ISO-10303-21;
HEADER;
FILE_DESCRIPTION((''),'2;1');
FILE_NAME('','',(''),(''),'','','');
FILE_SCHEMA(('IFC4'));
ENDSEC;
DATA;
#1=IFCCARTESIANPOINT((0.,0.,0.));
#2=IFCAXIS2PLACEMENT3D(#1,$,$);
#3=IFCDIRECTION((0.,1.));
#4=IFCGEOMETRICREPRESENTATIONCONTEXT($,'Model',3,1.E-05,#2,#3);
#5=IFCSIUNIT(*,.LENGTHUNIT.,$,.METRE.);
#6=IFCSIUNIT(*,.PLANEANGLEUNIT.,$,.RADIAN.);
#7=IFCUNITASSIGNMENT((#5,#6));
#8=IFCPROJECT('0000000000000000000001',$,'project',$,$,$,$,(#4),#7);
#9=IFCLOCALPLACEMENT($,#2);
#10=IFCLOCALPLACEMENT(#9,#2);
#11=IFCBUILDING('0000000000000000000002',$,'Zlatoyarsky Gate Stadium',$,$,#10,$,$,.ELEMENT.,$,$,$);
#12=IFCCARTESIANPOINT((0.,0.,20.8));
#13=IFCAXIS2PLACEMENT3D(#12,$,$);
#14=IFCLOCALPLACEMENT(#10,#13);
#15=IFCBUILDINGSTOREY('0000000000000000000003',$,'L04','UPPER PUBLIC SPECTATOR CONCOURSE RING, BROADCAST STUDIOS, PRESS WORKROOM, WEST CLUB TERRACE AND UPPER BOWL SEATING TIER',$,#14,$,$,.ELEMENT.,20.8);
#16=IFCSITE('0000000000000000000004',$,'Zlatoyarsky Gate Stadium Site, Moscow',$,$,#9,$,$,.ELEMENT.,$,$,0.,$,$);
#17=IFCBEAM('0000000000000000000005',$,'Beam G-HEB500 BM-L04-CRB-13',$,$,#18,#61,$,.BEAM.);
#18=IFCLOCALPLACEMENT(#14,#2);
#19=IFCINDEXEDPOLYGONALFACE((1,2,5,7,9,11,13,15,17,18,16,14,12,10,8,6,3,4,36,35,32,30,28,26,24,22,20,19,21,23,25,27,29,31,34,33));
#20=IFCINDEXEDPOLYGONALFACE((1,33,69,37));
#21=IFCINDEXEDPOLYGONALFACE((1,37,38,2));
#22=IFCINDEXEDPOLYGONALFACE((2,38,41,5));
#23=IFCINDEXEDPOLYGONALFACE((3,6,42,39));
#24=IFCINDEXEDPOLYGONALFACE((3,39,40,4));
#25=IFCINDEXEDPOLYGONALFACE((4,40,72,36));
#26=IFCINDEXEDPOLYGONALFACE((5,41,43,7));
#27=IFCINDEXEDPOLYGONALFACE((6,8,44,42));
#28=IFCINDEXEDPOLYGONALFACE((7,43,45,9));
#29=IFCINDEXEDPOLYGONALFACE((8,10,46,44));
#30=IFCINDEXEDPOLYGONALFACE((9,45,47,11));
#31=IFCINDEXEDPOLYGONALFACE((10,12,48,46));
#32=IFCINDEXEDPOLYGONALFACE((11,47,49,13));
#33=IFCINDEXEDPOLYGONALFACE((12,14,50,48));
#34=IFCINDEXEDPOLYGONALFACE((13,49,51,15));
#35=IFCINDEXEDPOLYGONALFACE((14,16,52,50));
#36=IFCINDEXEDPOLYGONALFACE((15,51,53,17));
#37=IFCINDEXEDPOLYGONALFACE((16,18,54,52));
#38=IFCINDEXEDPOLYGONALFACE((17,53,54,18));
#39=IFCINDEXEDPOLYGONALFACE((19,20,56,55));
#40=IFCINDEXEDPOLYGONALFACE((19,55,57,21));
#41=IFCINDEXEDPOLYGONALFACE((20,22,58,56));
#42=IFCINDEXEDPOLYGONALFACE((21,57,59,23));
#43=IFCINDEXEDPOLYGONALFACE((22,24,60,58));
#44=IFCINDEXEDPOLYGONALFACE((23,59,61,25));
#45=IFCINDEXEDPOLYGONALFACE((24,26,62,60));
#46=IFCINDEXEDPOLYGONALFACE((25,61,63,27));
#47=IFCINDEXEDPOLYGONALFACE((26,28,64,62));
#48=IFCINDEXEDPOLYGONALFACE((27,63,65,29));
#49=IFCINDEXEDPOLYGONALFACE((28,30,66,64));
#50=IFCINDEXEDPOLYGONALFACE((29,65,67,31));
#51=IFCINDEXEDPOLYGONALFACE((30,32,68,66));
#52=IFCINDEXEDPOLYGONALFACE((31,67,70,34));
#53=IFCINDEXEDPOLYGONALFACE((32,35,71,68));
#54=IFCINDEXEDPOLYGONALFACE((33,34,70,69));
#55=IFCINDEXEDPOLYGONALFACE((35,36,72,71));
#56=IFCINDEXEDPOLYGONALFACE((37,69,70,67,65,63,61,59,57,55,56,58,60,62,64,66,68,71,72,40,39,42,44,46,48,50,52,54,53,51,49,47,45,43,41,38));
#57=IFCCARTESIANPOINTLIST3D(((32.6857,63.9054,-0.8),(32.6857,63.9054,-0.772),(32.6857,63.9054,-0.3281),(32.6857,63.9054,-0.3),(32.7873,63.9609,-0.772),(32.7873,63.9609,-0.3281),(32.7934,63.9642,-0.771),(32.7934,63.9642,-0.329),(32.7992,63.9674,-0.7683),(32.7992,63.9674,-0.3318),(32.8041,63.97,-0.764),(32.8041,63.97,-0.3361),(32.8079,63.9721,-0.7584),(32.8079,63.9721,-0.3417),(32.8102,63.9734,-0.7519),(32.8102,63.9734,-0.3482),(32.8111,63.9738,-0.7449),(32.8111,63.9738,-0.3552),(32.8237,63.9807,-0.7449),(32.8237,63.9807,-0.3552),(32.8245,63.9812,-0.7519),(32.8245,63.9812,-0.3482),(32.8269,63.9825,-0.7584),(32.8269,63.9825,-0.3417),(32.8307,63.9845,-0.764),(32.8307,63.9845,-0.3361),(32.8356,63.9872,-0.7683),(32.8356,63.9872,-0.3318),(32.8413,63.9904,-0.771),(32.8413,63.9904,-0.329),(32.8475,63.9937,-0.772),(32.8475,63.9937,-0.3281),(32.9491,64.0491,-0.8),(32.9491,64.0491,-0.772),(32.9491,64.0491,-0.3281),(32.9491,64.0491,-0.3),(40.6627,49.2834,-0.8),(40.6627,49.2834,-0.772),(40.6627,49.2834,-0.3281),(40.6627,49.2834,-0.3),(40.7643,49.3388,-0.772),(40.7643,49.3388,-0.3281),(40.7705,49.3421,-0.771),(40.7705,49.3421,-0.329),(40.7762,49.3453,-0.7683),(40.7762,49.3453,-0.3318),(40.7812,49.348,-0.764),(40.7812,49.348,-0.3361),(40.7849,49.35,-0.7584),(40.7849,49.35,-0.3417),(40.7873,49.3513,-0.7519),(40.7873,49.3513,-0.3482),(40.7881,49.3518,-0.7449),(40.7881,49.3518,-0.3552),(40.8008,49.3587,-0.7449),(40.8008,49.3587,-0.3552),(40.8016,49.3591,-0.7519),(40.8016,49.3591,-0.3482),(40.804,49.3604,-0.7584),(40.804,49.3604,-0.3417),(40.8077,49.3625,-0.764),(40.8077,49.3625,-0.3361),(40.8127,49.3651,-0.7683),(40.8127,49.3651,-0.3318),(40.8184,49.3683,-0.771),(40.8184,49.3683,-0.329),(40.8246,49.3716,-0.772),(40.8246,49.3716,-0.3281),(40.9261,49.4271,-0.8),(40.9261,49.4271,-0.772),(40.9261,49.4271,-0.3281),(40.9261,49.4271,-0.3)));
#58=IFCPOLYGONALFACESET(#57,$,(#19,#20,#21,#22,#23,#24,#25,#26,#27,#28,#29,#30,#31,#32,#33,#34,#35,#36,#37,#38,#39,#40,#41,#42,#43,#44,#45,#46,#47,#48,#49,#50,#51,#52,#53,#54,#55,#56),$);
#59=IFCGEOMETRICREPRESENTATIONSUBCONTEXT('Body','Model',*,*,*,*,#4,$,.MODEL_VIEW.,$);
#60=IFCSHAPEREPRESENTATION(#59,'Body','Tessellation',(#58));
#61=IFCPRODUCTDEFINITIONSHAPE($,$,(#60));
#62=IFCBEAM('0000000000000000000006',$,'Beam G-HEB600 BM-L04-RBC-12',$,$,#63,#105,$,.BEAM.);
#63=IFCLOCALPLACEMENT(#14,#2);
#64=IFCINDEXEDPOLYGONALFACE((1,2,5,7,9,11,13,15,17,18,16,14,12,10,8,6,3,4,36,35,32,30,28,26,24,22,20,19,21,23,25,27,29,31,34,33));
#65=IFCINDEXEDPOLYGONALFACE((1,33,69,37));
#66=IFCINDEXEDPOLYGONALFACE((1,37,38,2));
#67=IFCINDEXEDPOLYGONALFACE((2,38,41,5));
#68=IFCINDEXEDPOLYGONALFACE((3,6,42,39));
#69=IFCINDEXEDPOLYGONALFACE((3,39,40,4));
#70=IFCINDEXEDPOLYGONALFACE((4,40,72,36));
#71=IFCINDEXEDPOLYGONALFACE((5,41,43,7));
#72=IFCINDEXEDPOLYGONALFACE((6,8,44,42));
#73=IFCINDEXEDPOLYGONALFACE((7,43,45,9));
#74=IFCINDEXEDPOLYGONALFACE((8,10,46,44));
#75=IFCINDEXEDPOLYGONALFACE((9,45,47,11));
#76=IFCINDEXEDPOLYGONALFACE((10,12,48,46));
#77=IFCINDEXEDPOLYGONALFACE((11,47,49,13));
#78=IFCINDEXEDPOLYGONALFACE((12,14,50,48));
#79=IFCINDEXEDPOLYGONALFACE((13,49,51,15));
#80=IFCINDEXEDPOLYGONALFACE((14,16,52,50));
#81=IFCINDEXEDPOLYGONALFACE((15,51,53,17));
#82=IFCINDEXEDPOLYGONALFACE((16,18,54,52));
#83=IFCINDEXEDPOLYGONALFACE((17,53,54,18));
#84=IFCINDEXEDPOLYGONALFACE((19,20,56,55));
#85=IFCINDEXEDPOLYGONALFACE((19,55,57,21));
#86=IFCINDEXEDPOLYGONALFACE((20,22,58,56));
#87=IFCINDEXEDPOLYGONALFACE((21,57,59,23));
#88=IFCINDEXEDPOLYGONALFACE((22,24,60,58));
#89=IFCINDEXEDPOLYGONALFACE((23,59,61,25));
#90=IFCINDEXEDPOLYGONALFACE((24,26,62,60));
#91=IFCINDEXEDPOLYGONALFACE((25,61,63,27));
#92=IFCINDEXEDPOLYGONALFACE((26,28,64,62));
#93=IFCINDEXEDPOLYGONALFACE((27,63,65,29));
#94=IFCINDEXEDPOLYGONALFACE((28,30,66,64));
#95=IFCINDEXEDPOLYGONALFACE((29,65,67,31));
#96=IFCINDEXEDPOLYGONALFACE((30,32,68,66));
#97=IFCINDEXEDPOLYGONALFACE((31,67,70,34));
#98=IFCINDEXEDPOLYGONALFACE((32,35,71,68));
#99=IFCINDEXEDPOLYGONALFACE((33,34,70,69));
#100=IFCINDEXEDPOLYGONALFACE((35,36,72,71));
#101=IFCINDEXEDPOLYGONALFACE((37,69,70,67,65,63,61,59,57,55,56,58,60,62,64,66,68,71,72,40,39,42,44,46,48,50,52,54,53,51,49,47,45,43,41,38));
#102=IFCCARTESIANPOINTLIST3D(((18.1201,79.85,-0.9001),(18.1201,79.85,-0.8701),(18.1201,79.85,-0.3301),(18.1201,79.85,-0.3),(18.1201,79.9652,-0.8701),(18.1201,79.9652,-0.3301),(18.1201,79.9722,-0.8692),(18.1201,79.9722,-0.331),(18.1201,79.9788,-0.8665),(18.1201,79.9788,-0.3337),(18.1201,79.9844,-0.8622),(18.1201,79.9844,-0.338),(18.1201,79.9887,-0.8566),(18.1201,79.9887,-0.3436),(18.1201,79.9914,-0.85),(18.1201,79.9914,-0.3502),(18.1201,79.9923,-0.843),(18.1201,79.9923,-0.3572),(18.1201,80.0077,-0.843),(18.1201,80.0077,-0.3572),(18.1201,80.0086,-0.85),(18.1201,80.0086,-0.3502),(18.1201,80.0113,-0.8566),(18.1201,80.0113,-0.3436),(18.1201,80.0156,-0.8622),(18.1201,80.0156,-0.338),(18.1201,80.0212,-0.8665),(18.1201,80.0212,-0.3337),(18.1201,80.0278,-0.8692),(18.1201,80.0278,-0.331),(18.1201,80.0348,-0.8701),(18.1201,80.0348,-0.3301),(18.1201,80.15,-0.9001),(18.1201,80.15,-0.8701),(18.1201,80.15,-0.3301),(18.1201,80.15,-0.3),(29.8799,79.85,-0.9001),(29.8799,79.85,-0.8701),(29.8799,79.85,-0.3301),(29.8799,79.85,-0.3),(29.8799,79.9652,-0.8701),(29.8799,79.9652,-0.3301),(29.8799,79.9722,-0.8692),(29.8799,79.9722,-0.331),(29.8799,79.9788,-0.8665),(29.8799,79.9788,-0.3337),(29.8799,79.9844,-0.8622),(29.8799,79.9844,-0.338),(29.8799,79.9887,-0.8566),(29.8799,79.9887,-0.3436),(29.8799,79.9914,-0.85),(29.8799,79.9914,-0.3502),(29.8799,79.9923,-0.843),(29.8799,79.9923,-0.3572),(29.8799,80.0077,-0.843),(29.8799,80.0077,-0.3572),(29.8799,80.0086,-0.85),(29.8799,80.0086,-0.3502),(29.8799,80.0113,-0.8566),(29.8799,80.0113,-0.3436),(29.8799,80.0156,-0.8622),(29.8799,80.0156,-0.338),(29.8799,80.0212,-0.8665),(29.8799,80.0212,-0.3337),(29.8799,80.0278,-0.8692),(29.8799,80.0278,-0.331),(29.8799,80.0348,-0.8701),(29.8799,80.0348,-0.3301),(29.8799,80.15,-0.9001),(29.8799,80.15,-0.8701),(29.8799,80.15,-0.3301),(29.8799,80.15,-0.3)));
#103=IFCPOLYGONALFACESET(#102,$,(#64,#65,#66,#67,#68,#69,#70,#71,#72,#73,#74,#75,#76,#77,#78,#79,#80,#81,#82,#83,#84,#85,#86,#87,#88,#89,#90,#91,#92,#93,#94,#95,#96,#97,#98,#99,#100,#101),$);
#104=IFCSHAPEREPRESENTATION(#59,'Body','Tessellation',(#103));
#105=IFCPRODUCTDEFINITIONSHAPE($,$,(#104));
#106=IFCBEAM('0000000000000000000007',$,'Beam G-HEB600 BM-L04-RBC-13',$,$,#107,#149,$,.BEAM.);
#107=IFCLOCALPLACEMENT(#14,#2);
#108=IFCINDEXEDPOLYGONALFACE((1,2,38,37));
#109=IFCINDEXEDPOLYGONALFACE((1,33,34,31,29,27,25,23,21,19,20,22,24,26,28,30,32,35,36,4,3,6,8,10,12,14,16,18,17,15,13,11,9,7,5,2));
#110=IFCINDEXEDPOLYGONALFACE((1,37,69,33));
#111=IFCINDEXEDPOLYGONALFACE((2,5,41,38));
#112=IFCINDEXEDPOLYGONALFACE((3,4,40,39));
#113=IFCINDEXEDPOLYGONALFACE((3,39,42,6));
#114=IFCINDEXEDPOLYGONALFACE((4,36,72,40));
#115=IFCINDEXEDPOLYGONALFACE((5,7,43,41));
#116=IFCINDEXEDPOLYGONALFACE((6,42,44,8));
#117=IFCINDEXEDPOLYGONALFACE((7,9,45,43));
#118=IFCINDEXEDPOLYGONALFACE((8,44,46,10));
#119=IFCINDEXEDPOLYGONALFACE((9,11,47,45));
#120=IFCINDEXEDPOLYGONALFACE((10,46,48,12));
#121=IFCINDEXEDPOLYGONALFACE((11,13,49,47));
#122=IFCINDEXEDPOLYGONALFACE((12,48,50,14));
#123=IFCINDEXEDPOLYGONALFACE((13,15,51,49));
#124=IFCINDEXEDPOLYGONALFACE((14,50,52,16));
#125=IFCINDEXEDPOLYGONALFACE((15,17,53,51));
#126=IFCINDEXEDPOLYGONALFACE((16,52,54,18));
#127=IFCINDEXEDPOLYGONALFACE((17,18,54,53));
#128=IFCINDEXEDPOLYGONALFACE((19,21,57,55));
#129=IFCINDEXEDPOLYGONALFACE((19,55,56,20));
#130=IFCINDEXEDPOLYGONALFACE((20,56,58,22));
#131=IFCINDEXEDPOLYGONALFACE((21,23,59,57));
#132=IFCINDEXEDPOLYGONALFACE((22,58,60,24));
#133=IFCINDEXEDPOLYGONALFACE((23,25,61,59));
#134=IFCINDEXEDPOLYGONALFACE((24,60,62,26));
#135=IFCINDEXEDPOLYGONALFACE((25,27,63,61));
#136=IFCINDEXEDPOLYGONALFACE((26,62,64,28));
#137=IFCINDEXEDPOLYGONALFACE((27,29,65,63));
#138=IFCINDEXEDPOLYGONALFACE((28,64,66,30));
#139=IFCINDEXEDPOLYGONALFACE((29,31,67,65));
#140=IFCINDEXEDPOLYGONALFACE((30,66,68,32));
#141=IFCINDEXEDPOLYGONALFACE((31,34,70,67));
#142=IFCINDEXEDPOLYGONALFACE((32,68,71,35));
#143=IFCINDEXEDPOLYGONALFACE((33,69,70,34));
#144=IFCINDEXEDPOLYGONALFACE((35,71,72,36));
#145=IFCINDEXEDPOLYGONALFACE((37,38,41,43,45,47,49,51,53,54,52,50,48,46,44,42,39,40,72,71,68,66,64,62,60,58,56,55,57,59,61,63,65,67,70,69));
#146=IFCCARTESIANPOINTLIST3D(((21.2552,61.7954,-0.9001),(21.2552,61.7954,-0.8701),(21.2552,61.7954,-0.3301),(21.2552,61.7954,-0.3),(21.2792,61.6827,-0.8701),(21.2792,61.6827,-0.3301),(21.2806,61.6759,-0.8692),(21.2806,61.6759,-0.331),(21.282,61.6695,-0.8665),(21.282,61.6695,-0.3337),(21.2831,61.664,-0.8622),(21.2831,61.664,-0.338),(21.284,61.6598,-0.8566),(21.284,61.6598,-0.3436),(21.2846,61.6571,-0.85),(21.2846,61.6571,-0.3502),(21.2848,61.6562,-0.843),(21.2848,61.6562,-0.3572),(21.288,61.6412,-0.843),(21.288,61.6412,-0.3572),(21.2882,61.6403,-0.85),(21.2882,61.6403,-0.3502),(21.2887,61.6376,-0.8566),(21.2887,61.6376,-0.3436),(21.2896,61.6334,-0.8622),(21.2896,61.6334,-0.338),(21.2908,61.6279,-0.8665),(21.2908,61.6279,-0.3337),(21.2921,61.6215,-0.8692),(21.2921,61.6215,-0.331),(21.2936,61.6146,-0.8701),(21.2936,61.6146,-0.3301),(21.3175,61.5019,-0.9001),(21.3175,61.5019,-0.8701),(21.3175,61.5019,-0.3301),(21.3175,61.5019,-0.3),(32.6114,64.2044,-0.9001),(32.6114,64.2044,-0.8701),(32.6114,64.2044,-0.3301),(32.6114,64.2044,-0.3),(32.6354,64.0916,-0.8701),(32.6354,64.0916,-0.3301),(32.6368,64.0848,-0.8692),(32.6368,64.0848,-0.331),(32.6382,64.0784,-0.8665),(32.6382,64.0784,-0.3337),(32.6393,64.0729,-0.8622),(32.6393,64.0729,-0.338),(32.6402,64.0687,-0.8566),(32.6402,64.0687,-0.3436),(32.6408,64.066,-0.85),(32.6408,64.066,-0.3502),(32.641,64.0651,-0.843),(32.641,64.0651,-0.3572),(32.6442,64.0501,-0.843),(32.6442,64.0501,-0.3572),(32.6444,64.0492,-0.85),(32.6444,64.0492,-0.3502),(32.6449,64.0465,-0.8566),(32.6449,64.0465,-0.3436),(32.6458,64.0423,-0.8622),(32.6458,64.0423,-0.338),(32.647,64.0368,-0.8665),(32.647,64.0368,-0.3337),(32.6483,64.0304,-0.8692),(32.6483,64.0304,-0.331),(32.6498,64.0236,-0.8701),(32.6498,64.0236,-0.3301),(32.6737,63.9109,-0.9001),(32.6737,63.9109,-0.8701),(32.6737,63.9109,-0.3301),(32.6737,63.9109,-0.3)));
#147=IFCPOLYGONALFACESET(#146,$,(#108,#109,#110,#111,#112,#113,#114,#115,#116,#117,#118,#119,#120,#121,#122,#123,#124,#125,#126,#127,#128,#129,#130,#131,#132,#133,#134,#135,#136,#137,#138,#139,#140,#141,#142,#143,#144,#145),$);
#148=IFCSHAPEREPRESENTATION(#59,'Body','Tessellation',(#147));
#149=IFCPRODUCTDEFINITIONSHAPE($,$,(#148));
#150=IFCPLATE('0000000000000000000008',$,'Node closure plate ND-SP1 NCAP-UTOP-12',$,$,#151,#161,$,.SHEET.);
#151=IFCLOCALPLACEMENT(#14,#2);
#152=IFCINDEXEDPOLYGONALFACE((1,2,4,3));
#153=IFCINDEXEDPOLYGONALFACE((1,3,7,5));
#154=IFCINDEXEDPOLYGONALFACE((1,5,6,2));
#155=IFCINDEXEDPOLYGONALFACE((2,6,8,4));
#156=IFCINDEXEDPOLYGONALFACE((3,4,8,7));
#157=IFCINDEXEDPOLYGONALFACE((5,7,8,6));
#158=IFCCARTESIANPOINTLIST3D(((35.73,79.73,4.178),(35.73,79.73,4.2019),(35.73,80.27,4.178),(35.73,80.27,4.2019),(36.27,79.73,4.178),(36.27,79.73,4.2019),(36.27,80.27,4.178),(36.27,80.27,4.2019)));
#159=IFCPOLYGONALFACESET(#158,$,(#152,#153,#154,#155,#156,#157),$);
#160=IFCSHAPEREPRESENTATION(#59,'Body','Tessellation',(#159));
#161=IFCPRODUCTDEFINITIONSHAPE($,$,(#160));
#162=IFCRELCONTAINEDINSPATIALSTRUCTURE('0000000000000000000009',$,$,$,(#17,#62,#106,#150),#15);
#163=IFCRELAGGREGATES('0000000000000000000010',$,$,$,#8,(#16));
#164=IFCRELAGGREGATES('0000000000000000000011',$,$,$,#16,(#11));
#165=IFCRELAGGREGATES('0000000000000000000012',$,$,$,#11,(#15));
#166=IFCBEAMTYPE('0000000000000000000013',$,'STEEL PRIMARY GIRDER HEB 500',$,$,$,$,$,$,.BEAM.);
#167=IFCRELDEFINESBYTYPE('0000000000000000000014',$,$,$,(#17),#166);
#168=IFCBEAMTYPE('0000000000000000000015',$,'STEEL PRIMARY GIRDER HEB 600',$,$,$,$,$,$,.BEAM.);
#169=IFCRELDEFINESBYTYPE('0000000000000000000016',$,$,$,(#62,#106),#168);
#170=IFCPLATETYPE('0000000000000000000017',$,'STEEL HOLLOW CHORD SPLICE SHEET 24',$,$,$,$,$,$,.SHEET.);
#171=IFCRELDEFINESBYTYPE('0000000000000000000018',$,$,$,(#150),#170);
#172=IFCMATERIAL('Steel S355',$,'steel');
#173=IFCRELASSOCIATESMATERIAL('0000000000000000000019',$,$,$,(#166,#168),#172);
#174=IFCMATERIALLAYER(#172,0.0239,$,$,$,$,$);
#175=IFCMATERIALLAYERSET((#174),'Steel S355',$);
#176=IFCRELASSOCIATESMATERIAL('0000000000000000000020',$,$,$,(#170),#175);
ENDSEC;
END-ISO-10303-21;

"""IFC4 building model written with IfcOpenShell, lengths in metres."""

from ifc_helpers import new_model, si_unit, direction, frame, origin, origin_2d, place, context, subcontext, project, spatial, rectangle, i_section, extrude, material, layer, layer_set, material_profile, profile_set, type_object, element, save


model = new_model("IFC4")

# Units and contexts
model_context = context("Model", 3, precision=1e-05, world=origin(), true_north=direction((0.0, 1.0)))
body_context = subcontext(model_context, "Body", "Model", "MODEL_VIEW")
ifc_project = project(units=[si_unit("LENGTHUNIT", "METRE"), si_unit("PLANEANGLEUNIT", "RADIAN")], contexts=[model_context])

# Site, building, storey
site_placement = place(None, origin())
site = spatial("IfcSite", under=ifc_project, at=site_placement, Name="Zlatoyarsky Gate Stadium Site, Moscow", CompositionType="ELEMENT", RefElevation=0.0)
building_placement = place(site_placement, origin())
building = spatial("IfcBuilding", under=site, at=building_placement, Name="Zlatoyarsky Gate Stadium", CompositionType="ELEMENT")
storey_placement = place(building_placement, frame((0.0, 0.0, 20.8)))
storey = spatial("IfcBuildingStorey", under=building, at=storey_placement, Name="L04", Description="UPPER PUBLIC SPECTATOR CONCOURSE RING, BROADCAST STUDIOS, PRESS WORKROOM, WEST CLUB TERRACE AND UPPER BOWL SEATING TIER", CompositionType="ELEMENT", Elevation=20.8)

# Shared definitions
ifc_material_1 = material(Name="Steel S355", Category="steel")

# Beams
ifc_material_profile_1 = material_profile(ifc_material_1, i_section(OverallWidth=0.3, OverallDepth=0.5, WebThickness=0.0144, FlangeThickness=0.0281, FilletRadius=0.0271, at=origin_2d()), Name="HEB 500")
ifc_profile_set_1 = profile_set([ifc_material_profile_1], Name="Steel S355")
beam_type_1 = type_object("IfcBeamType", Name="STEEL PRIMARY GIRDER HEB 500", PredefinedType="BEAM", material=ifc_profile_set_1)
beam_1_placement = place(storey_placement, frame((32.8174, 63.9773, -0.55), z_axis=(0.478916, -0.877861, 0.0), x_axis=(0.877861, 0.478916, 0.0)))
element("IfcBeam", 1, at=beam_1_placement, inside=storey, type_object=beam_type_1, Name="Beam G-HEB500 BM-L04-CRB-13", PredefinedType="BEAM", context=body_context, shape_type="SweptSolid", body=[
    extrude(i_section(OverallWidth=0.3, OverallDepth=0.5, WebThickness=0.0144, FlangeThickness=0.0281, FilletRadius=0.0271, at=origin_2d()), origin(), (0.0, 0.0, 1.0), 16.6565),
])
ifc_material_profile_2 = material_profile(ifc_material_1, i_section(OverallWidth=0.3, OverallDepth=0.6001, WebThickness=0.0154, FlangeThickness=0.03, FilletRadius=0.0271, at=origin_2d()), Name="HEB 600")
ifc_profile_set_2 = profile_set([ifc_material_profile_2], Name="Steel S355")
beam_type_2 = type_object("IfcBeamType", Name="STEEL PRIMARY GIRDER HEB 600", PredefinedType="BEAM", material=ifc_profile_set_2)
beam_2_placement = place(storey_placement, frame((29.8799, 80.0, -0.6001), z_axis=(-1.0, 0.0, 0.0), x_axis=(0.0, -1.0, 0.0)))
element("IfcBeam", 2, at=beam_2_placement, inside=storey, type_object=beam_type_2, Name="Beam G-HEB600 BM-L04-RBC-12", PredefinedType="BEAM", context=body_context, shape_type="SweptSolid", body=[
    extrude(i_section(OverallWidth=0.3, OverallDepth=0.6001, WebThickness=0.0154, FlangeThickness=0.03, FilletRadius=0.0271, at=origin_2d()), origin(), (0.0, 0.0, 1.0), 11.7598),
])
beam_3_placement = place(storey_placement, frame((32.6426, 64.0576, -0.6001), z_axis=(-0.978233, -0.207508, 0.0), x_axis=(0.207508, -0.978233, 0.0)))
element("IfcBeam", 3, at=beam_3_placement, inside=storey, type_object=beam_type_2, Name="Beam G-HEB600 BM-L04-RBC-13", PredefinedType="BEAM", context=body_context, shape_type="SweptSolid", body=[
    extrude(i_section(OverallWidth=0.3, OverallDepth=0.6001, WebThickness=0.0154, FlangeThickness=0.03, FilletRadius=0.0271, at=origin_2d()), origin(), (0.0, 0.0, 1.0), 11.6089),
])

# Plate
ifc_layer_1 = layer(ifc_material_1, 0.0239)
ifc_layer_set_1 = layer_set([ifc_layer_1], Name="Steel S355")
plate_type = type_object("IfcPlateType", Name="STEEL HOLLOW CHORD SPLICE SHEET 24", PredefinedType="SHEET", material=ifc_layer_set_1)
plate_placement = place(storey_placement, frame((36.0, 80.0, 4.178), z_axis=(0.0, 0.0, 1.0), x_axis=(1.0, 0.0, 0.0)))
element("IfcPlate", 4, at=plate_placement, inside=storey, type_object=plate_type, Name="Node closure plate ND-SP1 NCAP-UTOP-12", PredefinedType="SHEET", context=body_context, shape_type="SweptSolid", body=[
    extrude(rectangle(XDim=0.54, YDim=0.54, at=origin_2d()), origin(), (0.0, 0.0, 1.0), 0.0239),
])

save(model, "model.ifc")
